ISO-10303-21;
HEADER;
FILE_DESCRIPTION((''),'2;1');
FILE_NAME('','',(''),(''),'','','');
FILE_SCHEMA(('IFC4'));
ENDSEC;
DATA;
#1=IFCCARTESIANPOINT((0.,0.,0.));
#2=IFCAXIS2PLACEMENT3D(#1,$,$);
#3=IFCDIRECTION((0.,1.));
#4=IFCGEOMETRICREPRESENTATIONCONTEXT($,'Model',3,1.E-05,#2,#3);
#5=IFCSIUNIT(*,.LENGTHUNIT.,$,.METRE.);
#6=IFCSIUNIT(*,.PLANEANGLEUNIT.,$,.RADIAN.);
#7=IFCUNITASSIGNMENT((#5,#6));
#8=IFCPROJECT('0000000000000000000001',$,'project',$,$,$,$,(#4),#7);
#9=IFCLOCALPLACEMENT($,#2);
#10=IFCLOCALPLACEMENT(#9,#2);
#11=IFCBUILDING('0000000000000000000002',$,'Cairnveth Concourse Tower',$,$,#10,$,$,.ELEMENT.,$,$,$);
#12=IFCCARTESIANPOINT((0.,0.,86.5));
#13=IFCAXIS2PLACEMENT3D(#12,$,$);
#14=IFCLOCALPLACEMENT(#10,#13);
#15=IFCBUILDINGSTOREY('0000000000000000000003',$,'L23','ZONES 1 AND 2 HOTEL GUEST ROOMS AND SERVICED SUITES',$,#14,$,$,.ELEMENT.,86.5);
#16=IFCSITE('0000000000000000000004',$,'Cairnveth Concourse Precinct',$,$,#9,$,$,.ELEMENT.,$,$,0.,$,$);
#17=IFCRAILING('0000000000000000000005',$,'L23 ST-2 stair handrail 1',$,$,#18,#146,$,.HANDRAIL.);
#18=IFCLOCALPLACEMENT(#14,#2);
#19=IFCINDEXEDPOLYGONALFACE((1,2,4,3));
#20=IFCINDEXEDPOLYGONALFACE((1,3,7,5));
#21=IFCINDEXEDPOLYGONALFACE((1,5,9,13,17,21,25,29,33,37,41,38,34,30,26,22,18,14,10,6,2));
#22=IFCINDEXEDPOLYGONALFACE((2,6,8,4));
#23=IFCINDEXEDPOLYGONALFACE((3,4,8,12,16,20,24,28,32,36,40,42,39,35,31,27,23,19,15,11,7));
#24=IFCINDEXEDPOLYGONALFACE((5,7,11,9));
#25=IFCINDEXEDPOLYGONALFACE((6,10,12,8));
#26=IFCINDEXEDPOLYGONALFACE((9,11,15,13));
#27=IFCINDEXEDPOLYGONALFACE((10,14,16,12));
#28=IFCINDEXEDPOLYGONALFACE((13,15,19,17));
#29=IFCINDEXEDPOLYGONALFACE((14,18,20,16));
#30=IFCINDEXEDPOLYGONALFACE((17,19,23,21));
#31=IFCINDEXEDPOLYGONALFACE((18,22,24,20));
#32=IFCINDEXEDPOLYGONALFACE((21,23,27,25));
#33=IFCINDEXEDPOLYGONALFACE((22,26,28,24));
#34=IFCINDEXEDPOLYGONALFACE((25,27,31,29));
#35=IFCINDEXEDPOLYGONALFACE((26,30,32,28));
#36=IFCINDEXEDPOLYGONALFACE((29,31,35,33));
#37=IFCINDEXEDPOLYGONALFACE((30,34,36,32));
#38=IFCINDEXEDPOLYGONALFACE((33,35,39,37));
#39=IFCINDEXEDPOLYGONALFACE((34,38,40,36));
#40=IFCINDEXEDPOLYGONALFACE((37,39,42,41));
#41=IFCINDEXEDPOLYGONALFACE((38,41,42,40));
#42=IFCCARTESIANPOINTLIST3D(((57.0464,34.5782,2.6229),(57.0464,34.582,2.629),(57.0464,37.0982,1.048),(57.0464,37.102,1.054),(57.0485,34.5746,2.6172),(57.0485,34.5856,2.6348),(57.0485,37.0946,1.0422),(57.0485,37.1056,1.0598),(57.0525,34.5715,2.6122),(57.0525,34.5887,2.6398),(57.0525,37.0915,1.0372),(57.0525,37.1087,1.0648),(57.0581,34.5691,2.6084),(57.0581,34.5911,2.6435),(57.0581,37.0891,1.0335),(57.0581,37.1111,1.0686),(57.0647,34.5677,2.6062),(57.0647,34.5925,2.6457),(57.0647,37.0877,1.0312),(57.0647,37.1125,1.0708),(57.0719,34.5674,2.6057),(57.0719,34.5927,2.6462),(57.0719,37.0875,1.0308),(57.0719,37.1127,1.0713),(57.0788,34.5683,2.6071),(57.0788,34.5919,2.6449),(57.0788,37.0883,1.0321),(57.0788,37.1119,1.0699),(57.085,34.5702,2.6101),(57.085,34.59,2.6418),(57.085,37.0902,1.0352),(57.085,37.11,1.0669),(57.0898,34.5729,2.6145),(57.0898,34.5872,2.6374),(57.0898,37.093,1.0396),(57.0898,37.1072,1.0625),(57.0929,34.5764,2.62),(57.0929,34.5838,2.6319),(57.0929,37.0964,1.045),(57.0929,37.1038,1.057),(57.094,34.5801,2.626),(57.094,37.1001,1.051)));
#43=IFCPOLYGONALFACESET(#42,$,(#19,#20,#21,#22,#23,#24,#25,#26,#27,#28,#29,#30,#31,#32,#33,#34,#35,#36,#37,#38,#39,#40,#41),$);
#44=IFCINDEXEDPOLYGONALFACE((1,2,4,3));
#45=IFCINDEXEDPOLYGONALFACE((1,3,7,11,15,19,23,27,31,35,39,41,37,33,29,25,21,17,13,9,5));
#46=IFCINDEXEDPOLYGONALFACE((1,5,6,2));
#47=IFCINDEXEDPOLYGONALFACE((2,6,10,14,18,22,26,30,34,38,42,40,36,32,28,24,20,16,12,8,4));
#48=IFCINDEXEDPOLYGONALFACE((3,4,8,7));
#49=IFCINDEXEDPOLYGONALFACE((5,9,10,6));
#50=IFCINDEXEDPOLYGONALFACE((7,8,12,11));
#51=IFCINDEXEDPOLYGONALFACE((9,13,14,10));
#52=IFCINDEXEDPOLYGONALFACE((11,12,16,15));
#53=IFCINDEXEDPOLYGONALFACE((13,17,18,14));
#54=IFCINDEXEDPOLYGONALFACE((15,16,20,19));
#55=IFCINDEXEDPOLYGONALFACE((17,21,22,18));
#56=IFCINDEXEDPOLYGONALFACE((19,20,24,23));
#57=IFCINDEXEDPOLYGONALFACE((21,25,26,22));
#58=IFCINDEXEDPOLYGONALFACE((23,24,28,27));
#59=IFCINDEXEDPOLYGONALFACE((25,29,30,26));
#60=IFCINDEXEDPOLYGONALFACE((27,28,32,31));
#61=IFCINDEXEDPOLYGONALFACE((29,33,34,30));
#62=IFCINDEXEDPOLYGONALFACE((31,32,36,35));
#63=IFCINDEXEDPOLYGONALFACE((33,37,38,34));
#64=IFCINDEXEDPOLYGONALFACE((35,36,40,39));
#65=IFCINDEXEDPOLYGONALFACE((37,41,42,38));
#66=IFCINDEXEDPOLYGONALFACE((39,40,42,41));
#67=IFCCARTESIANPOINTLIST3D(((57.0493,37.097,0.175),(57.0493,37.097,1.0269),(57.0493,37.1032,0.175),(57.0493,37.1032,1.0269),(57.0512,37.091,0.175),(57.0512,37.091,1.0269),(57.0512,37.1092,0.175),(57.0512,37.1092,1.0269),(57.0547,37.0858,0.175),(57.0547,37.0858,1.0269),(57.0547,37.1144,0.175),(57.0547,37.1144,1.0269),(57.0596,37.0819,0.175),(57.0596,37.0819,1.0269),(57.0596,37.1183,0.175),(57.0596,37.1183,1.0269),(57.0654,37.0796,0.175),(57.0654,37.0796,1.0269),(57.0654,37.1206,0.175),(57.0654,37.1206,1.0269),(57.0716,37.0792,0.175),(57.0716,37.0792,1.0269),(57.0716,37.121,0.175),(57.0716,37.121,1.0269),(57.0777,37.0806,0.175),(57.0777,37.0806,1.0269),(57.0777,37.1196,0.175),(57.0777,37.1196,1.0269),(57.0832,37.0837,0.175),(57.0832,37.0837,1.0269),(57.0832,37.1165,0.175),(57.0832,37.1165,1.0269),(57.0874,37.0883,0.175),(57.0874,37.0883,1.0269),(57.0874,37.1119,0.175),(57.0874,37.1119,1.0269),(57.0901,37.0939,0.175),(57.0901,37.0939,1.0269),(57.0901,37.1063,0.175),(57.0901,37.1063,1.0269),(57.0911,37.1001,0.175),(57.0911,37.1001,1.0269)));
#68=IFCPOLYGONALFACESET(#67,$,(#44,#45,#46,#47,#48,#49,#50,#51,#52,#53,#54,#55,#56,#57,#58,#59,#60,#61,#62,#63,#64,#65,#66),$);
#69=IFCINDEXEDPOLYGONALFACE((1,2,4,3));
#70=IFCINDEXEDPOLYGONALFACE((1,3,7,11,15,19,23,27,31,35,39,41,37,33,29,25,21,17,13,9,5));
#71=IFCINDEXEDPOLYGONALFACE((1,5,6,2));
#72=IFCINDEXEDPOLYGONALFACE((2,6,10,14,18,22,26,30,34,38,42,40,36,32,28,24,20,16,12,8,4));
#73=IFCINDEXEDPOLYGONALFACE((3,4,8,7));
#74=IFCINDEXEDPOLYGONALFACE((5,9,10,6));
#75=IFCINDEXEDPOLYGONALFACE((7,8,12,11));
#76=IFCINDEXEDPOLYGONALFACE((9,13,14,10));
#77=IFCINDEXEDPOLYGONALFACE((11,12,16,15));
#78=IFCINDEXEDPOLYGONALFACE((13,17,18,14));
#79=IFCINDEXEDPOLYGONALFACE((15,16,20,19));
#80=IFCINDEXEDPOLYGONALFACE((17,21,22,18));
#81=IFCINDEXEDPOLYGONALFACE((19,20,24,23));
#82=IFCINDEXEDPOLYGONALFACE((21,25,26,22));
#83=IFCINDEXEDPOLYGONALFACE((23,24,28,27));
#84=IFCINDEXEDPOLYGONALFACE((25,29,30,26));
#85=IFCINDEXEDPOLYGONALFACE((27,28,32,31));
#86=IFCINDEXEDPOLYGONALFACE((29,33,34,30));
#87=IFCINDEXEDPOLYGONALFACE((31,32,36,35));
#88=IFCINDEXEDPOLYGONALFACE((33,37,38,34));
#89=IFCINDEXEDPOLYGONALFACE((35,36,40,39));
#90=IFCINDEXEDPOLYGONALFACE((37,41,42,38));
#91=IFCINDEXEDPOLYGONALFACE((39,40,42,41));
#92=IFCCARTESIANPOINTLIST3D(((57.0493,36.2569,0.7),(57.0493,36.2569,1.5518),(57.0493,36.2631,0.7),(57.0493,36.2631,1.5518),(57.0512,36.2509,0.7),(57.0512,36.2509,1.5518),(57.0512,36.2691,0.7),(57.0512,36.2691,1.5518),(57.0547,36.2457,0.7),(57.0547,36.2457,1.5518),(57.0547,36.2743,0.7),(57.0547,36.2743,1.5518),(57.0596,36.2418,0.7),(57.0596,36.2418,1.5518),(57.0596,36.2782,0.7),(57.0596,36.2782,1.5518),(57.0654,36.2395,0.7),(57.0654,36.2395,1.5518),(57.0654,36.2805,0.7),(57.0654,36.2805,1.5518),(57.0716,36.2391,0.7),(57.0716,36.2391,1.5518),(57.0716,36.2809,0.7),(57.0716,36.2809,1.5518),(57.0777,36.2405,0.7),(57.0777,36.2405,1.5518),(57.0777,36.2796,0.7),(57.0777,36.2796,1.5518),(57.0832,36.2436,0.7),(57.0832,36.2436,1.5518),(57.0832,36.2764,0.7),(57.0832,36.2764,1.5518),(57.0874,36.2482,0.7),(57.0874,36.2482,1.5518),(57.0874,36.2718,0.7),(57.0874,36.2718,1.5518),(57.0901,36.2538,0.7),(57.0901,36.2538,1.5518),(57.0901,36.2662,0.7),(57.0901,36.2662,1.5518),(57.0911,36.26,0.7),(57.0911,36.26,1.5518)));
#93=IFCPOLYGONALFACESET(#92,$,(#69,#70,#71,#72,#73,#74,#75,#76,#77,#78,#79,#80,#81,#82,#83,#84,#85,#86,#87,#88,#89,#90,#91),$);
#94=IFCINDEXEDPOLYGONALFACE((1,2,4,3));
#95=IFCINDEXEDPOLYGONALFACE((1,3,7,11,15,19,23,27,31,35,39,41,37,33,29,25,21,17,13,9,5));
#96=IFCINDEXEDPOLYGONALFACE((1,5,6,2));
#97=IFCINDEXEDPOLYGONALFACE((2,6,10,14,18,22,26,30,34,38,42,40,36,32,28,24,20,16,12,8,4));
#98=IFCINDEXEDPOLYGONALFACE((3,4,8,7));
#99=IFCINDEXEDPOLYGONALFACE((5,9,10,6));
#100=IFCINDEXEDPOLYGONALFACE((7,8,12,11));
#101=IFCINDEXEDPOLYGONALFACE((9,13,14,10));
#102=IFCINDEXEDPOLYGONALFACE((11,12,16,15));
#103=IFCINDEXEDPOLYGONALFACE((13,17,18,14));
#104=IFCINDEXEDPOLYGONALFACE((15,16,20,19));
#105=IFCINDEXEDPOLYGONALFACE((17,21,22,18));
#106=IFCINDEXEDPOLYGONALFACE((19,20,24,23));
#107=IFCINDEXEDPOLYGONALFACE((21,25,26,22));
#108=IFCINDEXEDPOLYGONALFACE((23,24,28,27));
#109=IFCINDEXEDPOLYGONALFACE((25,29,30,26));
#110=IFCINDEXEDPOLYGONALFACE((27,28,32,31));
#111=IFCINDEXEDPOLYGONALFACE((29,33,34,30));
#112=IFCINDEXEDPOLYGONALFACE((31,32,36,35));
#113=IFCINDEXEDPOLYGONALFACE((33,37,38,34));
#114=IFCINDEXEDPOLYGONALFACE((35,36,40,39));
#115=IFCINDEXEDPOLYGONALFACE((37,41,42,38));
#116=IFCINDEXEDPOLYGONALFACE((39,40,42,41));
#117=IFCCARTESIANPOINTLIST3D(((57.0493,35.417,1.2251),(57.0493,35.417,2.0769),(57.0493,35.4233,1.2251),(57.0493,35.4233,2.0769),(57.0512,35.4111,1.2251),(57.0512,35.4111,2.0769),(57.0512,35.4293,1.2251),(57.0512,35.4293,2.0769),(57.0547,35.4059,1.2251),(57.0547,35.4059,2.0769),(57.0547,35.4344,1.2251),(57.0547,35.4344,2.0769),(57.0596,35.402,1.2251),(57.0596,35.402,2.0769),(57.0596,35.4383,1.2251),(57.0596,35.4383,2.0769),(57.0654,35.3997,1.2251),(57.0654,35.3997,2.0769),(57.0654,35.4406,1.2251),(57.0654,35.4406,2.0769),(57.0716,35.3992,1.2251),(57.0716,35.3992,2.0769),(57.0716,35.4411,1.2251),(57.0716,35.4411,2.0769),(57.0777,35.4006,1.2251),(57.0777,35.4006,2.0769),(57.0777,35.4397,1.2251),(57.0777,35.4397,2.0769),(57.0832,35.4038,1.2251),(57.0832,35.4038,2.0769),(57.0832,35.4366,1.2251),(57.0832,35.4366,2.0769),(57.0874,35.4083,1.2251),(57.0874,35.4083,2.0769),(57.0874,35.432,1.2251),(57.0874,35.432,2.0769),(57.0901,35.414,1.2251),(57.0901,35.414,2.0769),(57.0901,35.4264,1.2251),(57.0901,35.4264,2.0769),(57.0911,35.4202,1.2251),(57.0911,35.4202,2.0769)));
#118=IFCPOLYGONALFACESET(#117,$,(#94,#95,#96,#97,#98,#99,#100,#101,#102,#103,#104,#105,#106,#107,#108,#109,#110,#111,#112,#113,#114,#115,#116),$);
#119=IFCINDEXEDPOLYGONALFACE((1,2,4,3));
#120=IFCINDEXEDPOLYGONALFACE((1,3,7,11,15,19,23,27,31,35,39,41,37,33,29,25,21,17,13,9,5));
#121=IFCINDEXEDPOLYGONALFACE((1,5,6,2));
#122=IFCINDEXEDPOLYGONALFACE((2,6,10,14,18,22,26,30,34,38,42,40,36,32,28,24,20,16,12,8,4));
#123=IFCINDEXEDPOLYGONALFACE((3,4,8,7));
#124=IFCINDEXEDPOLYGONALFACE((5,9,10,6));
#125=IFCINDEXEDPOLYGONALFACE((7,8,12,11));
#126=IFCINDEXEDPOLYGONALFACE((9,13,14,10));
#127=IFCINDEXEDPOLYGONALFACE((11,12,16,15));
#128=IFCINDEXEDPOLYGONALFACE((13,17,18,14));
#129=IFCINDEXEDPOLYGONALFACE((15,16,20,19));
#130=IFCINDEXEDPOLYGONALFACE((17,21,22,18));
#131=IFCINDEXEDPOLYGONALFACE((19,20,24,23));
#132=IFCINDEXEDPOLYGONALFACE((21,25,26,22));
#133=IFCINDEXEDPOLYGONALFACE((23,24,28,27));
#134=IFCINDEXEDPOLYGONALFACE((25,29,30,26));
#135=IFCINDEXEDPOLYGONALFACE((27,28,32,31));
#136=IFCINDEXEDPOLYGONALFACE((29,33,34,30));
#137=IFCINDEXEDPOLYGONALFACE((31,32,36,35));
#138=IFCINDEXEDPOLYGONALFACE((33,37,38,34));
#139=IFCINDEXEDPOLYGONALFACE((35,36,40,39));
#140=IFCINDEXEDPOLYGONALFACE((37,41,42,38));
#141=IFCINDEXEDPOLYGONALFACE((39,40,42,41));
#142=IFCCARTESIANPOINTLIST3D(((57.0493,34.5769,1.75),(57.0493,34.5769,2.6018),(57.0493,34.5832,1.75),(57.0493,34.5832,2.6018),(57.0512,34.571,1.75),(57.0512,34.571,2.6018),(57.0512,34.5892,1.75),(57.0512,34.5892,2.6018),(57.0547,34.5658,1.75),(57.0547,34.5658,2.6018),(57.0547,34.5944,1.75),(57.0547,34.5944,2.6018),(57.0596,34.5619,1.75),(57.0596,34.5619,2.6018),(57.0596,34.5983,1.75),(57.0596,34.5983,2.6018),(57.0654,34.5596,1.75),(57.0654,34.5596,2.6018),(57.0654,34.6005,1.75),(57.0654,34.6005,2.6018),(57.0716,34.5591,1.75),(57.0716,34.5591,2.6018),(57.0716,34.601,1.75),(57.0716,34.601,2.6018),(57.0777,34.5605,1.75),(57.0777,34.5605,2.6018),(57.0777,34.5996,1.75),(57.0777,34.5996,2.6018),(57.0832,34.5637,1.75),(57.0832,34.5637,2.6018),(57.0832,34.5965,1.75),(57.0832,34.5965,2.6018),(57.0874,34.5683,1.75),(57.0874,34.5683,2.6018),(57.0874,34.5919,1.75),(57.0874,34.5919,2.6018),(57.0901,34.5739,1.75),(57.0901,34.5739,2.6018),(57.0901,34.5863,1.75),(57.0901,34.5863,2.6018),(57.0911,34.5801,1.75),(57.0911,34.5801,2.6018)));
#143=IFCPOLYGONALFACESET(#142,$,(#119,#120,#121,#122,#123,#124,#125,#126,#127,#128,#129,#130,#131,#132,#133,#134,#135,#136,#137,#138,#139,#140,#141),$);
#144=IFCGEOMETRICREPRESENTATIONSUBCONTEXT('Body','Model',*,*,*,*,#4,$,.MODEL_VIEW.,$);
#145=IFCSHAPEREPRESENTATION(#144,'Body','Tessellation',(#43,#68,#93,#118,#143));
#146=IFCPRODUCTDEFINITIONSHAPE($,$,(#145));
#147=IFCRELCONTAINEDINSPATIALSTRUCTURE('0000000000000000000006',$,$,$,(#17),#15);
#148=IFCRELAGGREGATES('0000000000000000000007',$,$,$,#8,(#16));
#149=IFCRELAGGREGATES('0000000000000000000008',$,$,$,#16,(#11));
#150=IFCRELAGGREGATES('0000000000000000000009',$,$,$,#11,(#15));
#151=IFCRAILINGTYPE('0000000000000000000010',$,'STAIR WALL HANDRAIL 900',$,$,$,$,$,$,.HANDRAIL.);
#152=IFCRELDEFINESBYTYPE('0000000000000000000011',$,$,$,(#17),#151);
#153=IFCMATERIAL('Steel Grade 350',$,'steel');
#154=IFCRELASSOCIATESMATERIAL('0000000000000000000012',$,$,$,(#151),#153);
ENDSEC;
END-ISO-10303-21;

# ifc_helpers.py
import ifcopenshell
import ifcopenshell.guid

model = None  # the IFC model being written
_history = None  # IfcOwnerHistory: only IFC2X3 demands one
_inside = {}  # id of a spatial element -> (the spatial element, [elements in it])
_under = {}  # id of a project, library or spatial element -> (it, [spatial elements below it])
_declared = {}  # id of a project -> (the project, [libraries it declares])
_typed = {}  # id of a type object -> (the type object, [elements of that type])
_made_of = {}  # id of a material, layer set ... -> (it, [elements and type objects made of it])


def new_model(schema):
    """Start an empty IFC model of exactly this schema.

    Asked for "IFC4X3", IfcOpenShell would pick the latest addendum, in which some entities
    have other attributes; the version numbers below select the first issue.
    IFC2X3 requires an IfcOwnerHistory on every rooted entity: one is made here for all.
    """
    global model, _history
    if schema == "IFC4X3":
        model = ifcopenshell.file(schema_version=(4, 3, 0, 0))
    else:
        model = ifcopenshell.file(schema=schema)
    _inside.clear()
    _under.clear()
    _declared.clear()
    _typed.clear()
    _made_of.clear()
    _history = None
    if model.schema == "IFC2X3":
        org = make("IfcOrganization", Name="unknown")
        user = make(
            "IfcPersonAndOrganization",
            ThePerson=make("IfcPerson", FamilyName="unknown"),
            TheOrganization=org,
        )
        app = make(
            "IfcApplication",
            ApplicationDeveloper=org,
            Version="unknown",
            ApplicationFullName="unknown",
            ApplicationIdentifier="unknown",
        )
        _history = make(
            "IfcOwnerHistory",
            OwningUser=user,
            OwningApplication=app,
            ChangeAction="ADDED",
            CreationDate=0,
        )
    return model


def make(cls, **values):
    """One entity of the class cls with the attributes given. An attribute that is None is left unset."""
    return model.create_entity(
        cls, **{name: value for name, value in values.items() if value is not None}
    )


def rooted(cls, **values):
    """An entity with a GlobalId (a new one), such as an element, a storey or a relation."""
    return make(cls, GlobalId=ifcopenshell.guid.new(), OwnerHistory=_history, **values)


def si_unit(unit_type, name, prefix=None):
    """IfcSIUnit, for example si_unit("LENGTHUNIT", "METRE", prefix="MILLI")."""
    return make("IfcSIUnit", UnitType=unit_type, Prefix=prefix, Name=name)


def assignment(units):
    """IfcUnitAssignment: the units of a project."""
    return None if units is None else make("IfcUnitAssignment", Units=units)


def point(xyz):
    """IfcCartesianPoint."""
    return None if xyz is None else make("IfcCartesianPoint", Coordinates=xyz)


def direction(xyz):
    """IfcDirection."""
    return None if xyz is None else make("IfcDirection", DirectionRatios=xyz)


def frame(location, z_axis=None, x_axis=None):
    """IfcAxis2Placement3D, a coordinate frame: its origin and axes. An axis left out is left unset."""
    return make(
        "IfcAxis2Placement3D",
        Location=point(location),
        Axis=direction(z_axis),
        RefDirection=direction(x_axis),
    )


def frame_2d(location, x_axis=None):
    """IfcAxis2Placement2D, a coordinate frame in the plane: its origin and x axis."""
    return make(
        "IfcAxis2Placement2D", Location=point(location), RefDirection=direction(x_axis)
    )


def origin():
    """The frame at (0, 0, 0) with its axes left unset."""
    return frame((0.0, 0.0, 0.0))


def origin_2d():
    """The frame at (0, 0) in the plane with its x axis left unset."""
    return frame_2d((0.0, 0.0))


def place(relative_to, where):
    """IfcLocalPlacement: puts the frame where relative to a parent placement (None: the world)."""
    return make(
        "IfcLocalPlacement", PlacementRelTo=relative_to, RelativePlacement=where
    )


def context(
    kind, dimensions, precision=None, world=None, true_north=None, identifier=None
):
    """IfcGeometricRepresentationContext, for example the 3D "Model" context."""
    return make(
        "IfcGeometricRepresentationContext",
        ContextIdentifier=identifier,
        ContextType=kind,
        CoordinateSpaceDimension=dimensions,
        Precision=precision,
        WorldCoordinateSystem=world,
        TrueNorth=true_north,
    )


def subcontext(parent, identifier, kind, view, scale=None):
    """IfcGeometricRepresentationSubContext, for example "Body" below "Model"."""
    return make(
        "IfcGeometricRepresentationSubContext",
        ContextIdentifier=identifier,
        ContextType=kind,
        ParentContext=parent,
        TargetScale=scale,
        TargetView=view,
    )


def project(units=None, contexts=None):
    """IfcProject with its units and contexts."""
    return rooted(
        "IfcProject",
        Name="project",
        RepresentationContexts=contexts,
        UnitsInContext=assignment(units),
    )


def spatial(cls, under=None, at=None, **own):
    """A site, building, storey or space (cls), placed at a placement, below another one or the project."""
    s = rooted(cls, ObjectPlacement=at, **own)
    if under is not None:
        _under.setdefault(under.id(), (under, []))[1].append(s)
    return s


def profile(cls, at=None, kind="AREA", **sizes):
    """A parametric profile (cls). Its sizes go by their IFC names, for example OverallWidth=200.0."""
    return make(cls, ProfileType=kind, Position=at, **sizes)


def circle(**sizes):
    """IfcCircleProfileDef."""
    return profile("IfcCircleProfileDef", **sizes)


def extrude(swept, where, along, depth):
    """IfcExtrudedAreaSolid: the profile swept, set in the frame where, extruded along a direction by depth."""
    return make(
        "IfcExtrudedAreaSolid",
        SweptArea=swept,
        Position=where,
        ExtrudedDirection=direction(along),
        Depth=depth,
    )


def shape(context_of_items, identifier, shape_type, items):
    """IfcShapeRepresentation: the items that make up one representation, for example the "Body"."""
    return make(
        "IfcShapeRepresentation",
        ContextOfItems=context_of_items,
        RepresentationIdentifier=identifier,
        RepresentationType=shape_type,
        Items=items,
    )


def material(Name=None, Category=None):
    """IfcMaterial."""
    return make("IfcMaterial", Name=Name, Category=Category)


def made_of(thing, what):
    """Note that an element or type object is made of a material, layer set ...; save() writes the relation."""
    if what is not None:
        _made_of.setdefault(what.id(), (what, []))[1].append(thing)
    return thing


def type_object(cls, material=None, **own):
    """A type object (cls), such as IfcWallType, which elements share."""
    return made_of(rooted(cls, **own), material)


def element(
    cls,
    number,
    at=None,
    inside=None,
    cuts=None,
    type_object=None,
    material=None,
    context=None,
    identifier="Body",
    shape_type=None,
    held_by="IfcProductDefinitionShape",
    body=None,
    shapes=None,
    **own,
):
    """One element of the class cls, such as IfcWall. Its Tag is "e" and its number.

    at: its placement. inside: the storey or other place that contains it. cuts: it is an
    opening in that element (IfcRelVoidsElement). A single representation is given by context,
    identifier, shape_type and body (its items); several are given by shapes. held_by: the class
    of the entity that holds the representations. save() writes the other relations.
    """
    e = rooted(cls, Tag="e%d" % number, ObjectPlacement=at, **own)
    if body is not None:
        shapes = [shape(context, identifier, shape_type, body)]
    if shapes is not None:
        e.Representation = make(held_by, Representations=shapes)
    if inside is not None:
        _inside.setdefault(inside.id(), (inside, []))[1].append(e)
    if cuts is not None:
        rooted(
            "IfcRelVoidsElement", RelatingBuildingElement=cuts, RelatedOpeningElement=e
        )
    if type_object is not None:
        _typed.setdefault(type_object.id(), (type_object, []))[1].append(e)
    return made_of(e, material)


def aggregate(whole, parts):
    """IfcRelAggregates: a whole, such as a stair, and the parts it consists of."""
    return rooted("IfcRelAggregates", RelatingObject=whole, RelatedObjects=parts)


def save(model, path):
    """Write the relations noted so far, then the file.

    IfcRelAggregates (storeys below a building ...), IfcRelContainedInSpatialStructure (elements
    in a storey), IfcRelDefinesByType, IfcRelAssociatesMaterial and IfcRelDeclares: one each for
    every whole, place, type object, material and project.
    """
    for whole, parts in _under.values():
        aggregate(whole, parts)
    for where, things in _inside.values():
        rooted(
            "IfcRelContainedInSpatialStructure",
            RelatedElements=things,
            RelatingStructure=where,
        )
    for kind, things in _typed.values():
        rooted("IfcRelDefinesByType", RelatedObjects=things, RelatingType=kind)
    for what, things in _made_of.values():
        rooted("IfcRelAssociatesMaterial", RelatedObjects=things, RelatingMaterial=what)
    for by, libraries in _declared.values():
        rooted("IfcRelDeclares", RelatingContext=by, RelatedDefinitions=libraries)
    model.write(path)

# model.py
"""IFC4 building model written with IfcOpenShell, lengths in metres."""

from ifc_helpers import new_model, si_unit, direction, frame, origin, origin_2d, place, context, subcontext, project, spatial, circle, extrude, material, type_object, element, save


model = new_model("IFC4")

# Units and contexts
model_context = context("Model", 3, precision=1e-05, world=origin(), true_north=direction((0.0, 1.0)))
body_context = subcontext(model_context, "Body", "Model", "MODEL_VIEW")
ifc_project = project(units=[si_unit("LENGTHUNIT", "METRE"), si_unit("PLANEANGLEUNIT", "RADIAN")], contexts=[model_context])

# Site, building, storey
site_placement = place(None, origin())
site = spatial("IfcSite", under=ifc_project, at=site_placement, Name="Cairnveth Concourse Precinct", CompositionType="ELEMENT", RefElevation=0.0)
building_placement = place(site_placement, origin())
building = spatial("IfcBuilding", under=site, at=building_placement, Name="Cairnveth Concourse Tower", CompositionType="ELEMENT")
storey_placement = place(building_placement, frame((0.0, 0.0, 86.5)))
storey = spatial("IfcBuildingStorey", under=building, at=storey_placement, Name="L23", Description="ZONES 1 AND 2 HOTEL GUEST ROOMS AND SERVICED SUITES", CompositionType="ELEMENT", Elevation=86.5)

# Shared definitions
ifc_material_1 = material(Name="Steel Grade 350", Category="steel")

# Railing
railing_type_1 = type_object("IfcRailingType", Name="STAIR WALL HANDRAIL 900", PredefinedType="HANDRAIL", material=ifc_material_1)
railing_1_placement = place(storey_placement, frame((57.0701, 37.1001, 0.175)))
element("IfcRailing", 1, at=railing_1_placement, inside=storey, type_object=railing_type_1, Name="L23 ST-2 stair handrail 1", PredefinedType="HANDRAIL", context=body_context, shape_type="SweptSolid", body=[
    extrude(circle(Radius=0.0239, at=origin_2d()), frame((0.0, 0.0, 0.876), z_axis=(0.0, -0.848008, 0.529984), x_axis=(1.0, 0.0, 0.0)), (0.0, 0.0, 1.0), 2.9717),
    extrude(circle(Radius=0.021, at=origin_2d()), origin(), (0.0, 0.0, 1.0), 0.8518),
    extrude(circle(Radius=0.021, at=origin_2d()), frame((0.0, -0.8401, 0.5249)), (0.0, 0.0, 1.0), 0.8518),
    extrude(circle(Radius=0.021, at=origin_2d()), frame((0.0, -1.6799, 1.05)), (0.0, 0.0, 1.0), 0.8518),
    extrude(circle(Radius=0.021, at=origin_2d()), frame((0.0, -2.52, 1.575)), (0.0, 0.0, 1.0), 0.8518),
])

save(model, "model.ifc")
